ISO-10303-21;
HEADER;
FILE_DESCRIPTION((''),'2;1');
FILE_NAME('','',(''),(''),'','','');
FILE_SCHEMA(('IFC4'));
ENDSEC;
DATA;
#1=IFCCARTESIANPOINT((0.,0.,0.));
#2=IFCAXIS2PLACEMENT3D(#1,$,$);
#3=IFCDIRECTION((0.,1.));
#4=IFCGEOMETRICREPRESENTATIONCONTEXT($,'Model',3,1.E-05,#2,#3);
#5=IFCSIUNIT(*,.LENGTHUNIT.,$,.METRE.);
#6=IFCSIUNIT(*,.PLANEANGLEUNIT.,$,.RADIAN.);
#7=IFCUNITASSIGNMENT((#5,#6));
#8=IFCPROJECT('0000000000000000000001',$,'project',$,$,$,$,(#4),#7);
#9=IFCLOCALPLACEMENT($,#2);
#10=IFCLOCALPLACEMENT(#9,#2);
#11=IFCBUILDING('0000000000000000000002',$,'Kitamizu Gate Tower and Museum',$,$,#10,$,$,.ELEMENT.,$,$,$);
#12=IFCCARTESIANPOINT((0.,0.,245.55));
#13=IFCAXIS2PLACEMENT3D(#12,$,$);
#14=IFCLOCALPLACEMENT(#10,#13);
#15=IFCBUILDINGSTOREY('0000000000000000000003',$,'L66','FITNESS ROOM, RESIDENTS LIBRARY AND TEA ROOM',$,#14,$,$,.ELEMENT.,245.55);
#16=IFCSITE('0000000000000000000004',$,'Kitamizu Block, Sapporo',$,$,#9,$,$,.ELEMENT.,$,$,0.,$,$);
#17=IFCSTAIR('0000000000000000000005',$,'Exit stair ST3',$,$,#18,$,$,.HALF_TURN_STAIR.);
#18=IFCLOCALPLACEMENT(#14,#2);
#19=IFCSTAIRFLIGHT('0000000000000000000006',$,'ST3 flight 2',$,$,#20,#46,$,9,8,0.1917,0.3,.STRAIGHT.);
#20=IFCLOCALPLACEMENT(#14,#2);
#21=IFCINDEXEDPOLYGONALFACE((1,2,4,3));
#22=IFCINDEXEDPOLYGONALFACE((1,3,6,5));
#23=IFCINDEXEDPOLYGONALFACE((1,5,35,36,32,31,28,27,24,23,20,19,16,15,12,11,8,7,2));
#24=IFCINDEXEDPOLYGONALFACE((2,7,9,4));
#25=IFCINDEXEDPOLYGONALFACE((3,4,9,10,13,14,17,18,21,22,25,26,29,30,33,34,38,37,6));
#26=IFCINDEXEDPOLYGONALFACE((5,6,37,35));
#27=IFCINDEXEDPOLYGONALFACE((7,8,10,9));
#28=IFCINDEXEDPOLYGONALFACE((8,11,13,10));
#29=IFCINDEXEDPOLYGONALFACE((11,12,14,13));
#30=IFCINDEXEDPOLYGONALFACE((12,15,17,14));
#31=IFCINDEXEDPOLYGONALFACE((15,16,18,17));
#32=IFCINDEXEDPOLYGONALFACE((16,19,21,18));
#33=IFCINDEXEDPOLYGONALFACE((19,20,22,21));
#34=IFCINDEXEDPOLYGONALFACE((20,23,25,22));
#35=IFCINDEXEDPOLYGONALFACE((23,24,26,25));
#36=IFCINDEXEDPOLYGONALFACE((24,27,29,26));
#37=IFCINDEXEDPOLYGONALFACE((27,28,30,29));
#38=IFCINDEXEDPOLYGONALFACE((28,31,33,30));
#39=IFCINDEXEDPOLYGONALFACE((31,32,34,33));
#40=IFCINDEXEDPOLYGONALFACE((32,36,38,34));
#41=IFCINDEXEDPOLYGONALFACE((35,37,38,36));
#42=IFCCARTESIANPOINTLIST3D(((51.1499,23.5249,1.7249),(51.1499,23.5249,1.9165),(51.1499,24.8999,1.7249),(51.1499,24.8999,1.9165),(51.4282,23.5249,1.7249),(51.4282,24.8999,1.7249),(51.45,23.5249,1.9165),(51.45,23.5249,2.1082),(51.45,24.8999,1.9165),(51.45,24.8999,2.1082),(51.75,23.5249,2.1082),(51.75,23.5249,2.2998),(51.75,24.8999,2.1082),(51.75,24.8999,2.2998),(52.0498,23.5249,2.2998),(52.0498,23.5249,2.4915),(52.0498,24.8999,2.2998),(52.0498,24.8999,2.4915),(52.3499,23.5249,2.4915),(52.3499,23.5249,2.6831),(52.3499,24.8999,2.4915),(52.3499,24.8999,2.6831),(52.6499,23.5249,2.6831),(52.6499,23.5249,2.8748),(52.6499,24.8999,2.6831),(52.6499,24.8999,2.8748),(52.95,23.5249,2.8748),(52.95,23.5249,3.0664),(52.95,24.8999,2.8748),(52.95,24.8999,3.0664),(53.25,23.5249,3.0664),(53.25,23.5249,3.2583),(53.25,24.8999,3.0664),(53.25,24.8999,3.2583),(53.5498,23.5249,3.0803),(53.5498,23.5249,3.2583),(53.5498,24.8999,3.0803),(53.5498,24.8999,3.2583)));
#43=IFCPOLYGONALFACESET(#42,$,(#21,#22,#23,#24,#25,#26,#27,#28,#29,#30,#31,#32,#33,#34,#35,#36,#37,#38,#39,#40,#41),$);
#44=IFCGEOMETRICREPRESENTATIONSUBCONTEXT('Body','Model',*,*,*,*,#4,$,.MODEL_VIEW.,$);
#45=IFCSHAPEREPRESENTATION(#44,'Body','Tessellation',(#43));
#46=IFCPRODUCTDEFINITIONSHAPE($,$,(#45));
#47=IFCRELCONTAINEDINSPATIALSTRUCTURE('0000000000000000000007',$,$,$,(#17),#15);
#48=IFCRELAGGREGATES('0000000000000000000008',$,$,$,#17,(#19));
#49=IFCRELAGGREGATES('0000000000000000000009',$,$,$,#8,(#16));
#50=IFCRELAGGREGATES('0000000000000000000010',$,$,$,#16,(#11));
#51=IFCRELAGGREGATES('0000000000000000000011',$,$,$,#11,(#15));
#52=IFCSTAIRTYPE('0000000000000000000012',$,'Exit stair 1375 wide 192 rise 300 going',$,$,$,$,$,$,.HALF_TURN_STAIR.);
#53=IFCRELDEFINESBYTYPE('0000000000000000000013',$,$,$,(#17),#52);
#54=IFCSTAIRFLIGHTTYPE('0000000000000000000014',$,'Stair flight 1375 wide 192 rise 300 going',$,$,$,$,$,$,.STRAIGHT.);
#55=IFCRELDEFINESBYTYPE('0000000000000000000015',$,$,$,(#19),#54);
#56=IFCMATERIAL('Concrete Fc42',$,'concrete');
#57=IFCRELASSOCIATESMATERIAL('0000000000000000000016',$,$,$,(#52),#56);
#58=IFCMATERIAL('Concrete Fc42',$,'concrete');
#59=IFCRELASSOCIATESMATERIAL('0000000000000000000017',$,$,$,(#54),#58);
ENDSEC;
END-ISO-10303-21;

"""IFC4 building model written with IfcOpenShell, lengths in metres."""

from ifc_helpers import new_model, si_unit, direction, frame, origin, place, context, subcontext, project, spatial, polyline, outline, extrude, material, type_object, element, aggregate, save


model = new_model("IFC4")

# Units and contexts
model_context = context("Model", 3, precision=1e-05, world=origin(), true_north=direction((0.0, 1.0)))
body_context = subcontext(model_context, "Body", "Model", "MODEL_VIEW")
ifc_project = project(units=[si_unit("LENGTHUNIT", "METRE"), si_unit("PLANEANGLEUNIT", "RADIAN")], contexts=[model_context])

# Site, building, storey
site_placement = place(None, origin())
site = spatial("IfcSite", under=ifc_project, at=site_placement, Name="Kitamizu Block, Sapporo", CompositionType="ELEMENT", RefElevation=0.0)
building_placement = place(site_placement, origin())
building = spatial("IfcBuilding", under=site, at=building_placement, Name="Kitamizu Gate Tower and Museum", CompositionType="ELEMENT")
storey_placement = place(building_placement, frame((0.0, 0.0, 245.55)))
storey = spatial("IfcBuildingStorey", under=building, at=storey_placement, Name="L66", Description="FITNESS ROOM, RESIDENTS LIBRARY AND TEA ROOM", CompositionType="ELEMENT", Elevation=245.55)

# Stair, stair flight
ifc_material_1 = material(Name="Concrete Fc42", Category="concrete")
stair_type = type_object("IfcStairType", Name="Exit stair 1375 wide 192 rise 300 going", PredefinedType="HALF_TURN_STAIR", material=ifc_material_1)
stair_placement = place(storey_placement, origin())
stair = element("IfcStair", 1, at=stair_placement, inside=storey, type_object=stair_type, Name="Exit stair ST3", PredefinedType="HALF_TURN_STAIR")
ifc_material_2 = material(Name="Concrete Fc42", Category="concrete")
stair_flight_type = type_object("IfcStairFlightType", Name="Stair flight 1375 wide 192 rise 300 going", PredefinedType="STRAIGHT", material=ifc_material_2)
stair_flight_placement = place(storey_placement, frame((51.1499, 24.2124, 1.7249), z_axis=(0.0, 0.0, 1.0), x_axis=(1.0, 0.0, 0.0)))
stair_flight = element("IfcStairFlight", 2, at=stair_flight_placement, type_object=stair_flight_type, Name="ST3 flight 2", NumberOfRisers=9, NumberOfTreads=8, PredefinedType="STRAIGHT", RiserHeight=0.1917, TreadLength=0.3, context=body_context, shape_type="SweptSolid", body=[
    extrude(outline(polyline([(0.0, 0.0), (0.0, 0.1917), (0.3, 0.1917), (0.3, 0.3833), (0.6001, 0.3833), (0.6001, 0.575), (0.8999, 0.575), (0.8999, 0.7666), (1.2, 0.7666), (1.2, 0.9583), (1.5, 0.9583), (1.5, 1.1499), (1.8, 1.1499), (1.8, 1.3416), (2.1001, 1.3416), (2.1001, 1.5334), (2.3999, 1.5334), (2.3999, 1.7251), (2.3999, 1.3555), (0.2783, 0.0), (0.0, 0.0)])), frame((0.0, 0.6875, 0.0), z_axis=(0.0, -1.0, 0.0), x_axis=(1.0, 0.0, 0.0)), (0.0, 0.0, 1.0), 1.375),
])
aggregate(stair, [stair_flight])

save(model, "model.ifc")
